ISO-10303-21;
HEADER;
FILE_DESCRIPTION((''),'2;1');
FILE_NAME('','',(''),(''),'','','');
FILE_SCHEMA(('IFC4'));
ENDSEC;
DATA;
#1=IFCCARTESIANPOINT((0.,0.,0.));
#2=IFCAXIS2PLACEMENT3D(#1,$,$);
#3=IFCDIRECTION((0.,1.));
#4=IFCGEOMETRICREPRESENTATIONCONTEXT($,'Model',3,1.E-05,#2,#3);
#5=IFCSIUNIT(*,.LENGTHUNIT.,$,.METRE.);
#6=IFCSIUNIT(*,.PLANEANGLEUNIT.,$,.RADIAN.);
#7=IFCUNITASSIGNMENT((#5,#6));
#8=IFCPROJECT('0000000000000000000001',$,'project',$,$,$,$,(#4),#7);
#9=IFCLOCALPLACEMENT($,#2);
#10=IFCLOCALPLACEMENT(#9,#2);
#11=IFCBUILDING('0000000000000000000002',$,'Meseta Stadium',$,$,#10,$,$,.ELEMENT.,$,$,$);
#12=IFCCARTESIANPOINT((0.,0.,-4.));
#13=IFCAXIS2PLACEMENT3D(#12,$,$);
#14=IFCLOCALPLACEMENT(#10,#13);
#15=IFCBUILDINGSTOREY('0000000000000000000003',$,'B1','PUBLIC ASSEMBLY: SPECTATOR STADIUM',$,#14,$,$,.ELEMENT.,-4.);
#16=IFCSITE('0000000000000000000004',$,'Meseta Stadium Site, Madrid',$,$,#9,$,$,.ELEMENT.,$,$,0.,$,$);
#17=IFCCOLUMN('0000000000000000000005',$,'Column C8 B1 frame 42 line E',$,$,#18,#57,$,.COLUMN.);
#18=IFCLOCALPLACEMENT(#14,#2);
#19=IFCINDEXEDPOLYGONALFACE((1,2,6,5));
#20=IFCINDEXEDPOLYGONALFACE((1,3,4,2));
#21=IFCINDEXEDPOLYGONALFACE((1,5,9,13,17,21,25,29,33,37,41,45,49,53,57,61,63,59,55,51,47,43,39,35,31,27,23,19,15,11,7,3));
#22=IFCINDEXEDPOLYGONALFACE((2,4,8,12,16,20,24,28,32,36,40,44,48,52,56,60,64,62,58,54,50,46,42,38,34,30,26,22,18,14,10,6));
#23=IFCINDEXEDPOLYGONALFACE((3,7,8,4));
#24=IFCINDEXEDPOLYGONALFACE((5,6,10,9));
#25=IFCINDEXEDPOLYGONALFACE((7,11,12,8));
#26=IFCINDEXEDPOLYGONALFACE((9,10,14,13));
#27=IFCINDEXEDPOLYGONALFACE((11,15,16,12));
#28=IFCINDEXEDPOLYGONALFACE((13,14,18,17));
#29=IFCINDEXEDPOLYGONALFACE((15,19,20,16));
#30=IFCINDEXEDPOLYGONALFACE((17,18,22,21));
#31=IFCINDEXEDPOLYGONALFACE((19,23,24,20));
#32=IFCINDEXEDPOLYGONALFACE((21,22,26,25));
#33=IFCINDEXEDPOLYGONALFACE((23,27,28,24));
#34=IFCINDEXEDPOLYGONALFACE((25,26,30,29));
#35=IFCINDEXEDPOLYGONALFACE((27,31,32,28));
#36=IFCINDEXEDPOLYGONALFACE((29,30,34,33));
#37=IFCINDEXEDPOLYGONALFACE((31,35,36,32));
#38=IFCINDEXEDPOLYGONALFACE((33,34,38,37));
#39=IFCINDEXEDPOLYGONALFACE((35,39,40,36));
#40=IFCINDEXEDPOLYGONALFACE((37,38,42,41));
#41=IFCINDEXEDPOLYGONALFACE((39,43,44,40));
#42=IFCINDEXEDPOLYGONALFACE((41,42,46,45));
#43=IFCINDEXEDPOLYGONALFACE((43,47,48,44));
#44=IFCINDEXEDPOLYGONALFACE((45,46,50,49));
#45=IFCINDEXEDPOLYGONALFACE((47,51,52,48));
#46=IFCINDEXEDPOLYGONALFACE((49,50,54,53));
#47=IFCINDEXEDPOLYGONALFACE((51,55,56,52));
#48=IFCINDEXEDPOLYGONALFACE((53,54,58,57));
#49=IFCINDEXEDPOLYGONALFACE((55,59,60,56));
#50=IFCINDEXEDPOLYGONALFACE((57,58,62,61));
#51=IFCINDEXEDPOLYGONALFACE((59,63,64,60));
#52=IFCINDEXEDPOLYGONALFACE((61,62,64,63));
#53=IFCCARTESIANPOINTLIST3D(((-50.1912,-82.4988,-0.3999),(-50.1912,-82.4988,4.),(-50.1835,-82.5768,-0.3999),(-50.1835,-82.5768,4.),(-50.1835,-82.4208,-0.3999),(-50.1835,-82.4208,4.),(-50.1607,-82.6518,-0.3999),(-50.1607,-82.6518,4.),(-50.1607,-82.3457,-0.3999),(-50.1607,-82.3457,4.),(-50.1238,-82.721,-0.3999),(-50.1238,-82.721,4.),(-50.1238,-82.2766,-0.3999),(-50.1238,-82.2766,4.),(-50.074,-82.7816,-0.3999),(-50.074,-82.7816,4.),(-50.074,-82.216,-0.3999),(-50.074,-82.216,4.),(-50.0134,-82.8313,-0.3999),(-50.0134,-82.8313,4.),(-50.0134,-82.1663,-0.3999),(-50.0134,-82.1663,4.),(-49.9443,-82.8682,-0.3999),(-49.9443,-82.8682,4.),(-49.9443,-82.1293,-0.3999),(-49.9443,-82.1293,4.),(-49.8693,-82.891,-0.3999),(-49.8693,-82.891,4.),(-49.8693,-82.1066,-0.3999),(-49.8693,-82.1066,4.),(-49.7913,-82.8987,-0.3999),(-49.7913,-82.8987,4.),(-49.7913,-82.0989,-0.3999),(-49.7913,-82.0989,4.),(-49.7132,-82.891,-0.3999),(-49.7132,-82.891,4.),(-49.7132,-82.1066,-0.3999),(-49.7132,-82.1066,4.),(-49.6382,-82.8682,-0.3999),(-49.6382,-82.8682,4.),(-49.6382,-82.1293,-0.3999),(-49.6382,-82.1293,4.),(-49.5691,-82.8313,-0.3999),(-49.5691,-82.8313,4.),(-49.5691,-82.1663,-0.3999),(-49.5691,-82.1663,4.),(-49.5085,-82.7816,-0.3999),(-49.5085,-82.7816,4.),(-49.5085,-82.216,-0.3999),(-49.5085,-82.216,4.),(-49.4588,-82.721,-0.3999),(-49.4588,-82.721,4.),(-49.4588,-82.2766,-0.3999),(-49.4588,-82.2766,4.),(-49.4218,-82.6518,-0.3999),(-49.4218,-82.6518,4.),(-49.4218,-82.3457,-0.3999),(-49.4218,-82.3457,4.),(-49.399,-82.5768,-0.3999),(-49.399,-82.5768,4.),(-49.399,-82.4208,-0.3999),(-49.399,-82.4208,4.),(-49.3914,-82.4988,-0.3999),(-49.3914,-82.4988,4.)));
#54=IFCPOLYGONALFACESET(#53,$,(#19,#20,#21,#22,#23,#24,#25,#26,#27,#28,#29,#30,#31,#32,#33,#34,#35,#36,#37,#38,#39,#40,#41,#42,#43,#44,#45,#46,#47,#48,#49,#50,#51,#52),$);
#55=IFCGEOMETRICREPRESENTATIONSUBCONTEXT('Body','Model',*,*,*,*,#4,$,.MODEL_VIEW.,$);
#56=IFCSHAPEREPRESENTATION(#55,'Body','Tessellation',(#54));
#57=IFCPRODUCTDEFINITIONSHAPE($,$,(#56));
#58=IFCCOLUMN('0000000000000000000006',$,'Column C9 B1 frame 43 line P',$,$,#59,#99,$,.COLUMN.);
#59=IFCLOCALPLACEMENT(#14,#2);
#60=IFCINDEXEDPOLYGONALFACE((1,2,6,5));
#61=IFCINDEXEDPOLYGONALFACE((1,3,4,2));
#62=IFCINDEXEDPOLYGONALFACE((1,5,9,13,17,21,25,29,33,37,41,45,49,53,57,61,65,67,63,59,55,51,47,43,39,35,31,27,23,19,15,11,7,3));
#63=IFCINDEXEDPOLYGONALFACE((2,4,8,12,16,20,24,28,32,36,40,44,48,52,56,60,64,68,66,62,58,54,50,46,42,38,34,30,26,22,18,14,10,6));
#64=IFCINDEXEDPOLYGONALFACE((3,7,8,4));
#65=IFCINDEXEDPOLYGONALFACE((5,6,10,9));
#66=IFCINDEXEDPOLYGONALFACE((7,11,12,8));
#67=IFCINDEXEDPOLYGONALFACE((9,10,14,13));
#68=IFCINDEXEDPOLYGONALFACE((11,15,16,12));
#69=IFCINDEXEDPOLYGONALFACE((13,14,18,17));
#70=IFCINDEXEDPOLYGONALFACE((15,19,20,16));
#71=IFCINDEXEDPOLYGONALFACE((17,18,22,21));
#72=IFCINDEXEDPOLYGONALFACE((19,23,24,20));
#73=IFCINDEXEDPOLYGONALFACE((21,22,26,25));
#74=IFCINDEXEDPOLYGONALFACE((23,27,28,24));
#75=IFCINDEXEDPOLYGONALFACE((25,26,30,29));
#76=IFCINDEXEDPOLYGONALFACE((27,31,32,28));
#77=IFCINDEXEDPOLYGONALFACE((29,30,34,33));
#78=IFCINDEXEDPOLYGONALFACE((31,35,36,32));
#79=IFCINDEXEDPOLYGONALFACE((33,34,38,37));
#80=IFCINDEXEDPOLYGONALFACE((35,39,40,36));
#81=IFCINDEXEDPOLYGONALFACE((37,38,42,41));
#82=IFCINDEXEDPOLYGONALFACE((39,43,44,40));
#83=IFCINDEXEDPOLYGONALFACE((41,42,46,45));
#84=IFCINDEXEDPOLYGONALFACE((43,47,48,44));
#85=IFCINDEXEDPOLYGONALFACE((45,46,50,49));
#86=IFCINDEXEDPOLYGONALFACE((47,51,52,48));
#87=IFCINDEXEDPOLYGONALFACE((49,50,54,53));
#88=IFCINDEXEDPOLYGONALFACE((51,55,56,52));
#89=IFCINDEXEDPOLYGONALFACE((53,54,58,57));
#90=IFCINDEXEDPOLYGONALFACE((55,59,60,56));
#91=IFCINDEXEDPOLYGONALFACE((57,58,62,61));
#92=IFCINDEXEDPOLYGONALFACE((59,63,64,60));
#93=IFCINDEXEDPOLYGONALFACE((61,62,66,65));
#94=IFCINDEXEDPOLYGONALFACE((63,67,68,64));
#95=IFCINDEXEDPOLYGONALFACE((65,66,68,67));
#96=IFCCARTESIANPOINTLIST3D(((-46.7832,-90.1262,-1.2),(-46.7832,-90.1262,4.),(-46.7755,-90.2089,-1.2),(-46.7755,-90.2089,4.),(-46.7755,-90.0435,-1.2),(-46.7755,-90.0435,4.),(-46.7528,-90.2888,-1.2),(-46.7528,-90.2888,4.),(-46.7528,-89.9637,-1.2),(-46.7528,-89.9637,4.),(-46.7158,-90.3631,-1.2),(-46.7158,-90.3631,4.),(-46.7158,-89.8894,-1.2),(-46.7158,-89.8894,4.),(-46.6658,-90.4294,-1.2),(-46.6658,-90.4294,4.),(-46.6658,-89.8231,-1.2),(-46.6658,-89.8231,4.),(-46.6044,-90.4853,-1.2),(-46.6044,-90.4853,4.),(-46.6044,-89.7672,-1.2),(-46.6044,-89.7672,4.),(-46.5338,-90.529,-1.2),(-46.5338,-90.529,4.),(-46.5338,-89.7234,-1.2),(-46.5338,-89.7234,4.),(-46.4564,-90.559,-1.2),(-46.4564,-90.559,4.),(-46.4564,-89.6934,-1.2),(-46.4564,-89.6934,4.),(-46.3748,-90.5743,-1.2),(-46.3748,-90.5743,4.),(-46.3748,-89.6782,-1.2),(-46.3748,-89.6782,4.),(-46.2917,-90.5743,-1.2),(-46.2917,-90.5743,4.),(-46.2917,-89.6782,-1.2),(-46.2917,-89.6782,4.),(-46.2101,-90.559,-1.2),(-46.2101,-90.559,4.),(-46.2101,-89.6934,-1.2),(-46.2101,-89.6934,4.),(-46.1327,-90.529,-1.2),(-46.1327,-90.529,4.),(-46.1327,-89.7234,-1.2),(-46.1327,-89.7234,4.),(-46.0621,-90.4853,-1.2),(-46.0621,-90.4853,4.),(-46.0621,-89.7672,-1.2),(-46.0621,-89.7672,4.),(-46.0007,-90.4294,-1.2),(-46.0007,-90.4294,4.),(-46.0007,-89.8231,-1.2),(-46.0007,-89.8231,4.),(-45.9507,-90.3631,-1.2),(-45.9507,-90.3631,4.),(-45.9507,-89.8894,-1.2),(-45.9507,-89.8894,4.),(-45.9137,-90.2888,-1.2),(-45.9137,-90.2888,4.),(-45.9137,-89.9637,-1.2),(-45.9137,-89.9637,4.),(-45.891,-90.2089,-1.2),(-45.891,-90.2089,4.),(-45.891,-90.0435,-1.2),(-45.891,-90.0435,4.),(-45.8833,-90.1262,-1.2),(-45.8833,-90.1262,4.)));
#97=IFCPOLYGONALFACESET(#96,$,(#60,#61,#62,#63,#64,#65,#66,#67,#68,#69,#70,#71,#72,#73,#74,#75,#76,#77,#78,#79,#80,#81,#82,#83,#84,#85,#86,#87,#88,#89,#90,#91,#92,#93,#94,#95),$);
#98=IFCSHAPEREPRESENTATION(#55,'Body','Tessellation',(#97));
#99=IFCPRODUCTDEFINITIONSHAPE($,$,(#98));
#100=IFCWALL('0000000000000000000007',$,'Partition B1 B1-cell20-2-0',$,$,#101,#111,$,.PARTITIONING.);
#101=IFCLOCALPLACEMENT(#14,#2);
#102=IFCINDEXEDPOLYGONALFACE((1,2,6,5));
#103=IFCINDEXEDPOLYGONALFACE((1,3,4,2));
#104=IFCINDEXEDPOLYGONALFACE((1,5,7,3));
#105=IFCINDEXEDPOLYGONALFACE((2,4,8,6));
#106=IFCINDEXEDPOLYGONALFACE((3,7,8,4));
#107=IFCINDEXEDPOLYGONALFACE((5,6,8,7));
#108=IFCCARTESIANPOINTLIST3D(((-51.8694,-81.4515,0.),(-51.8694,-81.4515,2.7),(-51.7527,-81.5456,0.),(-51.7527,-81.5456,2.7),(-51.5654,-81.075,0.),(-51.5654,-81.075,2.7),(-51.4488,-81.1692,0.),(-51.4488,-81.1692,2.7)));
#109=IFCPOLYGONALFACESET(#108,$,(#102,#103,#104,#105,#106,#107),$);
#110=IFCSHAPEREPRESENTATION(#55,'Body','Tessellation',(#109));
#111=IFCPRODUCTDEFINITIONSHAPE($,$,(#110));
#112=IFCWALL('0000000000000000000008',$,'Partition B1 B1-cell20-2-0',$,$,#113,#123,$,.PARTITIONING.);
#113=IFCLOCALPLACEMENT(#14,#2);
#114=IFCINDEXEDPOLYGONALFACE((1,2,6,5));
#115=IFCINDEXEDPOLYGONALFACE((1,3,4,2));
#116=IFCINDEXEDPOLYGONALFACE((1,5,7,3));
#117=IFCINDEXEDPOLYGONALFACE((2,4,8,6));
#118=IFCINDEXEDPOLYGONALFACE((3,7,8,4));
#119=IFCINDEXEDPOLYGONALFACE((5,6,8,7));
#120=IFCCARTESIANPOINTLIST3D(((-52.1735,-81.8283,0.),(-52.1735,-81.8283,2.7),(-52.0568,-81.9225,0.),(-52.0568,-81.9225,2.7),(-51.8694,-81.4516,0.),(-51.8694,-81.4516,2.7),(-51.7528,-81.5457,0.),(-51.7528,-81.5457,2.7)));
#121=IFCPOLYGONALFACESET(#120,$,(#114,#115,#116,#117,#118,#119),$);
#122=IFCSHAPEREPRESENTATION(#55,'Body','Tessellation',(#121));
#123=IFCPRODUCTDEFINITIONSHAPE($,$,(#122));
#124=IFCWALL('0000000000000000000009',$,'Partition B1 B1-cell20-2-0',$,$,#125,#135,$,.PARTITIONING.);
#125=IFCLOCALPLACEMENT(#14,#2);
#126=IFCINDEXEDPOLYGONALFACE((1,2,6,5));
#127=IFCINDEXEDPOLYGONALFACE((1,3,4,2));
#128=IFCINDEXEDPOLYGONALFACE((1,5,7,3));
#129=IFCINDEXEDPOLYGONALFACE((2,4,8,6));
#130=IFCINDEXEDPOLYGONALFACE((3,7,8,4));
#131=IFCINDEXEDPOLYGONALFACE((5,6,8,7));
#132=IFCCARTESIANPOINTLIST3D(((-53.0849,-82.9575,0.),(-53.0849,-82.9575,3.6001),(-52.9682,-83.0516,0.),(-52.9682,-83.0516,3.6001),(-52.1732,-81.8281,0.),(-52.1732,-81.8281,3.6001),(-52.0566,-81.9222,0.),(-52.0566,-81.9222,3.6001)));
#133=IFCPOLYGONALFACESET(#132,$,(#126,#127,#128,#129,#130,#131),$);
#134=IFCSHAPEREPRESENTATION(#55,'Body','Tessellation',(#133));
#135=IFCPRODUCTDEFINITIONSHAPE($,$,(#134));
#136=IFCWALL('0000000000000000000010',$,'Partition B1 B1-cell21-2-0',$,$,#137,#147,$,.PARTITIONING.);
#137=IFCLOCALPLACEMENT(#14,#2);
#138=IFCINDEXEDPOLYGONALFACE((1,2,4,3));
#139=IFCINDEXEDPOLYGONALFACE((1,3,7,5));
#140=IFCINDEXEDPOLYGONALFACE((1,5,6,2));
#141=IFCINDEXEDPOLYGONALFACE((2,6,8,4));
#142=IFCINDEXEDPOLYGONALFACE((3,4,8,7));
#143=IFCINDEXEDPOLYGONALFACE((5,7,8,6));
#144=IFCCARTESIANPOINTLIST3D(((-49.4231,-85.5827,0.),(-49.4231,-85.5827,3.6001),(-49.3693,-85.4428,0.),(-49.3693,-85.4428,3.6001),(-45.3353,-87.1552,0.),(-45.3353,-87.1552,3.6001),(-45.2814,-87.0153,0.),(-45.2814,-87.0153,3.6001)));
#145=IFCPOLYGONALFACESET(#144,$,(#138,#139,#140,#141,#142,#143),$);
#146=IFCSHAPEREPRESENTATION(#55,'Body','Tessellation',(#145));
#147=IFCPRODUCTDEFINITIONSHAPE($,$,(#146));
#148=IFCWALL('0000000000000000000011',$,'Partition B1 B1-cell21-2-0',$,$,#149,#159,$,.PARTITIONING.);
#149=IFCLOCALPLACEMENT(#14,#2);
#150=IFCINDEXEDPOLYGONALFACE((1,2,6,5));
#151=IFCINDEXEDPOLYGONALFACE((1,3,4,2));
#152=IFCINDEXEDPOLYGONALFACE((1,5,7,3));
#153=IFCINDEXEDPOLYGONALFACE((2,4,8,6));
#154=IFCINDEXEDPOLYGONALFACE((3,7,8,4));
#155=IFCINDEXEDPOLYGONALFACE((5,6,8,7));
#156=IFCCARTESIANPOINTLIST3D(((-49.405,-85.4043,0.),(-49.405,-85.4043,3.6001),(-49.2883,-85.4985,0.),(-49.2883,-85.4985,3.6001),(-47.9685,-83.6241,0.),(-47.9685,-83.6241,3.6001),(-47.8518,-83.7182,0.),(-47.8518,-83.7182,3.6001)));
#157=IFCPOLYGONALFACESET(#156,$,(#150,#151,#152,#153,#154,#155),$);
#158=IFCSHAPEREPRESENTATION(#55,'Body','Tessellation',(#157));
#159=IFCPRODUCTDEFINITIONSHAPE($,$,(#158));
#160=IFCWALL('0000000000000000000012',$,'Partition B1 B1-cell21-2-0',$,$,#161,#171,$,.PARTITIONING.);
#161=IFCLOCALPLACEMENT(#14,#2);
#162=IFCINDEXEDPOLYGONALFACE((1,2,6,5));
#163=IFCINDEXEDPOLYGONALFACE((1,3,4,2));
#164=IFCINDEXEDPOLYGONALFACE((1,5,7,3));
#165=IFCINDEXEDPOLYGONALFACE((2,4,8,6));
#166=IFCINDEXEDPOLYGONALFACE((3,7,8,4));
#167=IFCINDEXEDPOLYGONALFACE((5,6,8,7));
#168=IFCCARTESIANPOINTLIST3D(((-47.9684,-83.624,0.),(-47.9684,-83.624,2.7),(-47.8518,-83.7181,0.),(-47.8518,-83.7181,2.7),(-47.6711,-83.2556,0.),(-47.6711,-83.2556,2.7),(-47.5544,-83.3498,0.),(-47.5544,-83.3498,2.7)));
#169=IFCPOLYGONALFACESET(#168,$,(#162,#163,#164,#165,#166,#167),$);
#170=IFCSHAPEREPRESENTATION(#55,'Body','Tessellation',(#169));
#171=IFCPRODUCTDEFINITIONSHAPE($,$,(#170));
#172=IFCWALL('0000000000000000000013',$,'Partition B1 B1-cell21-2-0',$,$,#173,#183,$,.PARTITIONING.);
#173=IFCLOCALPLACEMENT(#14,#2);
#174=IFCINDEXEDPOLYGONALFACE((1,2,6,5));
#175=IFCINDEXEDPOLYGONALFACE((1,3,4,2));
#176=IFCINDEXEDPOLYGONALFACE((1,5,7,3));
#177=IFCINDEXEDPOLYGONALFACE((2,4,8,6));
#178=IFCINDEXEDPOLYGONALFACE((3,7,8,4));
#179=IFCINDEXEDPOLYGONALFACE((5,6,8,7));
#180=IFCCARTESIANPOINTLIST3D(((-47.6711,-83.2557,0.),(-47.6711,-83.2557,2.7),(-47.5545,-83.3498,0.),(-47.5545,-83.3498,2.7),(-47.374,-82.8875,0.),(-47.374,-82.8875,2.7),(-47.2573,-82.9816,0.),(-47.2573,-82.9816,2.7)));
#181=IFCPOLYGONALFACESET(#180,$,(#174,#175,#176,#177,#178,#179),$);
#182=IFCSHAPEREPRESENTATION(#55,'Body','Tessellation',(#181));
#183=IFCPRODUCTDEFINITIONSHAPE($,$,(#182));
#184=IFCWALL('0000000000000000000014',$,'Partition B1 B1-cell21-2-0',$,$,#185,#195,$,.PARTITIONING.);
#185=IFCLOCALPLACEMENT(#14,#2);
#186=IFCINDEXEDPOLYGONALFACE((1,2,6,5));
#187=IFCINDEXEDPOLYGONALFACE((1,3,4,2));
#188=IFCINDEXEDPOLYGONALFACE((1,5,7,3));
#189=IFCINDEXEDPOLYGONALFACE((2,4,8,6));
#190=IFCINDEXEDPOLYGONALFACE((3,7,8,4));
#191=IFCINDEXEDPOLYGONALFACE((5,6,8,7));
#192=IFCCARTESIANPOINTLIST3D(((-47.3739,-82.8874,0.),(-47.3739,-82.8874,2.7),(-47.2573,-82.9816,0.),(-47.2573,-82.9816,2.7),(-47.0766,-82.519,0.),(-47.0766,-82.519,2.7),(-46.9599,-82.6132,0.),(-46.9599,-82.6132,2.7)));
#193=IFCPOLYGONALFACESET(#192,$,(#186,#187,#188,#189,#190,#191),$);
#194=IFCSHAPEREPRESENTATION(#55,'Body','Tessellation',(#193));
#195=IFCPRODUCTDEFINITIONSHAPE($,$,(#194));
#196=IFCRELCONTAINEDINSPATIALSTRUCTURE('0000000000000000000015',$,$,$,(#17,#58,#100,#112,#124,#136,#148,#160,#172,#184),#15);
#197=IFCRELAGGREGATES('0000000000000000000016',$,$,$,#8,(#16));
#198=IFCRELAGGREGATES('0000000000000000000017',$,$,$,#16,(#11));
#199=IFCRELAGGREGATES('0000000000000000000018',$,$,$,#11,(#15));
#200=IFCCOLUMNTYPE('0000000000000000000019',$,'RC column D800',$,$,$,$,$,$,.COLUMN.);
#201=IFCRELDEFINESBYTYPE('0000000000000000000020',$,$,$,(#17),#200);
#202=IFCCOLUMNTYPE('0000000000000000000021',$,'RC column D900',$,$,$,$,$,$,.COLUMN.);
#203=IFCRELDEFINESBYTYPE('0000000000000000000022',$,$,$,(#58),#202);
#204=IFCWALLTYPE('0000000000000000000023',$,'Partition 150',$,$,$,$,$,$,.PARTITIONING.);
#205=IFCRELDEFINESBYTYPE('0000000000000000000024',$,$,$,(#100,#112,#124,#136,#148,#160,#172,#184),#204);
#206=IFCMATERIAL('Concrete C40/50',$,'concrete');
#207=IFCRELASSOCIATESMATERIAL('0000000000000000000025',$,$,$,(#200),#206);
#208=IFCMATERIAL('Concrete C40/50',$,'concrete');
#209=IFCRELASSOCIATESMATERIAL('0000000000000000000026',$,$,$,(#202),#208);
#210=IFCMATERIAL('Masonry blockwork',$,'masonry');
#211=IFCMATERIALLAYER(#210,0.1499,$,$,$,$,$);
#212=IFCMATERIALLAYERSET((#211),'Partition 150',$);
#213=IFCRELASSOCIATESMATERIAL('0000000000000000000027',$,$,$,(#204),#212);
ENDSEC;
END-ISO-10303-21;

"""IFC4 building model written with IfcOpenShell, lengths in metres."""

from ifc_helpers import new_model, si_unit, direction, frame, frame_2d, origin, origin_2d, place, context, subcontext, project, spatial, rectangle, circle, extrude, material, layer, layer_set, material_profile, profile_set, type_object, element, save


model = new_model("IFC4")

# Units and contexts
model_context = context("Model", 3, precision=1e-05, world=origin(), true_north=direction((0.0, 1.0)))
body_context = subcontext(model_context, "Body", "Model", "MODEL_VIEW")
ifc_project = project(units=[si_unit("LENGTHUNIT", "METRE"), si_unit("PLANEANGLEUNIT", "RADIAN")], contexts=[model_context])

# Site, building, storey
site_placement = place(None, origin())
site = spatial("IfcSite", under=ifc_project, at=site_placement, Name="Meseta Stadium Site, Madrid", CompositionType="ELEMENT", RefElevation=0.0)
building_placement = place(site_placement, origin())
building = spatial("IfcBuilding", under=site, at=building_placement, Name="Meseta Stadium", CompositionType="ELEMENT")
storey_placement = place(building_placement, frame((0.0, 0.0, -4.0)))
storey = spatial("IfcBuildingStorey", under=building, at=storey_placement, Name="B1", Description="PUBLIC ASSEMBLY: SPECTATOR STADIUM", CompositionType="ELEMENT", Elevation=-4.0)

# Columns
ifc_material_1 = material(Name="Concrete C40/50", Category="concrete")
ifc_material_profile_1 = material_profile(ifc_material_1, circle(Radius=0.3999, at=origin_2d()), Name="RC D800")
ifc_profile_set_1 = profile_set([ifc_material_profile_1], Name="Concrete C40/50")
column_type_1 = type_object("IfcColumnType", Name="RC column D800", PredefinedType="COLUMN", material=ifc_profile_set_1)
column_1_placement = place(storey_placement, frame((-49.7913, -82.4988, -0.3999), z_axis=(0.0, 0.0, 1.0), x_axis=(1.0, 0.0, 0.0)))
element("IfcColumn", 1, at=column_1_placement, inside=storey, type_object=column_type_1, Name="Column C8 B1 frame 42 line E", PredefinedType="COLUMN", context=body_context, shape_type="SweptSolid", body=[
    extrude(circle(Radius=0.3999, at=origin_2d()), origin(), (0.0, 0.0, 1.0), 4.3999),
])
ifc_material_2 = material(Name="Concrete C40/50", Category="concrete")
ifc_material_profile_2 = material_profile(ifc_material_2, circle(Radius=0.45, at=origin_2d()), Name="RC D900")
ifc_profile_set_2 = profile_set([ifc_material_profile_2], Name="Concrete C40/50")
column_type_2 = type_object("IfcColumnType", Name="RC column D900", PredefinedType="COLUMN", material=ifc_profile_set_2)
column_2_placement = place(storey_placement, frame((-46.3333, -90.1262, -1.2), z_axis=(0.0, 0.0, 1.0), x_axis=(1.0, 0.0, 0.0)))
element("IfcColumn", 2, at=column_2_placement, inside=storey, type_object=column_type_2, Name="Column C9 B1 frame 43 line P", PredefinedType="COLUMN", context=body_context, shape_type="SweptSolid", body=[
    extrude(circle(Radius=0.45, at=origin_2d()), origin(), (0.0, 0.0, 1.0), 5.2),
])

# Walls
ifc_material_3 = material(Name="Masonry blockwork", Category="masonry")
ifc_layer = layer(ifc_material_3, 0.1499)
ifc_layer_set = layer_set([ifc_layer], Name="Partition 150")
wall_type = type_object("IfcWallType", Name="Partition 150", PredefinedType="PARTITIONING", material=ifc_layer_set)
wall_1_placement = place(storey_placement, frame((-51.5071, -81.1221, 0.0), z_axis=(0.0, 0.0, 1.0), x_axis=(-0.628196, -0.778055, 0.0)))
element("IfcWall", 3, at=wall_1_placement, inside=storey, type_object=wall_type, Name="Partition B1 B1-cell20-2-0", PredefinedType="PARTITIONING", context=body_context, shape_type="SweptSolid", body=[
    extrude(rectangle(XDim=0.4839, YDim=0.1499, at=frame_2d((0.2419, 0.0))), origin(), (0.0, 0.0, 1.0), 2.7),
])
wall_2_placement = place(storey_placement, frame((-51.811, -81.4985, 0.0), z_axis=(0.0, 0.0, 1.0), x_axis=(-0.62795, -0.778254, 0.0)))
element("IfcWall", 4, at=wall_2_placement, inside=storey, type_object=wall_type, Name="Partition B1 B1-cell20-2-0", PredefinedType="PARTITIONING", context=body_context, shape_type="SweptSolid", body=[
    extrude(rectangle(XDim=0.4841, YDim=0.1499, at=frame_2d((0.2422, 0.0))), origin(), (0.0, 0.0, 1.0), 2.7),
])
wall_3_placement = place(storey_placement, frame((-52.115, -81.8752, 0.0), z_axis=(0.0, 0.0, 1.0), x_axis=(-0.628094, -0.778137, 0.0)))
element("IfcWall", 5, at=wall_3_placement, inside=storey, type_object=wall_type, Name="Partition B1 B1-cell20-2-0", PredefinedType="PARTITIONING", context=body_context, shape_type="SweptSolid", body=[
    extrude(rectangle(XDim=1.4514, YDim=0.1499, at=frame_2d((0.7256, 0.0))), origin(), (0.0, 0.0, 1.0), 3.6001),
])
wall_4_placement = place(storey_placement, frame((-45.3083, -87.0852, 0.0), z_axis=(0.0, 0.0, 1.0), x_axis=(-0.933327, 0.359028, 0.0)))
element("IfcWall", 6, at=wall_4_placement, inside=storey, type_object=wall_type, Name="Partition B1 B1-cell21-2-0", PredefinedType="PARTITIONING", context=body_context, shape_type="SweptSolid", body=[
    extrude(rectangle(XDim=4.3799, YDim=0.1499, at=frame_2d((2.1899, 0.0))), origin(), (0.0, 0.0, 1.0), 3.6001),
])
wall_5_placement = place(storey_placement, frame((-49.3467, -85.4514, 0.0), z_axis=(0.0, 0.0, 1.0), x_axis=(0.627969, 0.778238, 0.0)))
element("IfcWall", 7, at=wall_5_placement, inside=storey, type_object=wall_type, Name="Partition B1 B1-cell21-2-0", PredefinedType="PARTITIONING", context=body_context, shape_type="SweptSolid", body=[
    extrude(rectangle(XDim=2.2876, YDim=0.1499, at=frame_2d((1.1438, 0.0))), origin(), (0.0, 0.0, 1.0), 3.6001),
])
wall_6_placement = place(storey_placement, frame((-47.9102, -83.6711, 0.0), z_axis=(0.0, 0.0, 1.0), x_axis=(0.628085, 0.778145, 0.0)))
element("IfcWall", 8, at=wall_6_placement, inside=storey, type_object=wall_type, Name="Partition B1 B1-cell21-2-0", PredefinedType="PARTITIONING", context=body_context, shape_type="SweptSolid", body=[
    extrude(rectangle(XDim=0.4734, YDim=0.1499, at=frame_2d((0.2368, 0.0))), origin(), (0.0, 0.0, 1.0), 2.7),
])
wall_7_placement = place(storey_placement, frame((-47.6128, -83.3027, 0.0), z_axis=(0.0, 0.0, 1.0), x_axis=(0.628025, 0.778193, 0.0)))
element("IfcWall", 9, at=wall_7_placement, inside=storey, type_object=wall_type, Name="Partition B1 B1-cell21-2-0", PredefinedType="PARTITIONING", context=body_context, shape_type="SweptSolid", body=[
    extrude(rectangle(XDim=0.4731, YDim=0.1499, at=frame_2d((0.2366, 0.0))), origin(), (0.0, 0.0, 1.0), 2.7),
])
wall_8_placement = place(storey_placement, frame((-47.3157, -82.9346, 0.0), z_axis=(0.0, 0.0, 1.0), x_axis=(0.628085, 0.778145, 0.0)))
element("IfcWall", 10, at=wall_8_placement, inside=storey, type_object=wall_type, Name="Partition B1 B1-cell21-2-0", PredefinedType="PARTITIONING", context=body_context, shape_type="SweptSolid", body=[
    extrude(rectangle(XDim=0.4734, YDim=0.1499, at=frame_2d((0.2368, 0.0))), origin(), (0.0, 0.0, 1.0), 2.7),
])

save(model, "model.ifc")
